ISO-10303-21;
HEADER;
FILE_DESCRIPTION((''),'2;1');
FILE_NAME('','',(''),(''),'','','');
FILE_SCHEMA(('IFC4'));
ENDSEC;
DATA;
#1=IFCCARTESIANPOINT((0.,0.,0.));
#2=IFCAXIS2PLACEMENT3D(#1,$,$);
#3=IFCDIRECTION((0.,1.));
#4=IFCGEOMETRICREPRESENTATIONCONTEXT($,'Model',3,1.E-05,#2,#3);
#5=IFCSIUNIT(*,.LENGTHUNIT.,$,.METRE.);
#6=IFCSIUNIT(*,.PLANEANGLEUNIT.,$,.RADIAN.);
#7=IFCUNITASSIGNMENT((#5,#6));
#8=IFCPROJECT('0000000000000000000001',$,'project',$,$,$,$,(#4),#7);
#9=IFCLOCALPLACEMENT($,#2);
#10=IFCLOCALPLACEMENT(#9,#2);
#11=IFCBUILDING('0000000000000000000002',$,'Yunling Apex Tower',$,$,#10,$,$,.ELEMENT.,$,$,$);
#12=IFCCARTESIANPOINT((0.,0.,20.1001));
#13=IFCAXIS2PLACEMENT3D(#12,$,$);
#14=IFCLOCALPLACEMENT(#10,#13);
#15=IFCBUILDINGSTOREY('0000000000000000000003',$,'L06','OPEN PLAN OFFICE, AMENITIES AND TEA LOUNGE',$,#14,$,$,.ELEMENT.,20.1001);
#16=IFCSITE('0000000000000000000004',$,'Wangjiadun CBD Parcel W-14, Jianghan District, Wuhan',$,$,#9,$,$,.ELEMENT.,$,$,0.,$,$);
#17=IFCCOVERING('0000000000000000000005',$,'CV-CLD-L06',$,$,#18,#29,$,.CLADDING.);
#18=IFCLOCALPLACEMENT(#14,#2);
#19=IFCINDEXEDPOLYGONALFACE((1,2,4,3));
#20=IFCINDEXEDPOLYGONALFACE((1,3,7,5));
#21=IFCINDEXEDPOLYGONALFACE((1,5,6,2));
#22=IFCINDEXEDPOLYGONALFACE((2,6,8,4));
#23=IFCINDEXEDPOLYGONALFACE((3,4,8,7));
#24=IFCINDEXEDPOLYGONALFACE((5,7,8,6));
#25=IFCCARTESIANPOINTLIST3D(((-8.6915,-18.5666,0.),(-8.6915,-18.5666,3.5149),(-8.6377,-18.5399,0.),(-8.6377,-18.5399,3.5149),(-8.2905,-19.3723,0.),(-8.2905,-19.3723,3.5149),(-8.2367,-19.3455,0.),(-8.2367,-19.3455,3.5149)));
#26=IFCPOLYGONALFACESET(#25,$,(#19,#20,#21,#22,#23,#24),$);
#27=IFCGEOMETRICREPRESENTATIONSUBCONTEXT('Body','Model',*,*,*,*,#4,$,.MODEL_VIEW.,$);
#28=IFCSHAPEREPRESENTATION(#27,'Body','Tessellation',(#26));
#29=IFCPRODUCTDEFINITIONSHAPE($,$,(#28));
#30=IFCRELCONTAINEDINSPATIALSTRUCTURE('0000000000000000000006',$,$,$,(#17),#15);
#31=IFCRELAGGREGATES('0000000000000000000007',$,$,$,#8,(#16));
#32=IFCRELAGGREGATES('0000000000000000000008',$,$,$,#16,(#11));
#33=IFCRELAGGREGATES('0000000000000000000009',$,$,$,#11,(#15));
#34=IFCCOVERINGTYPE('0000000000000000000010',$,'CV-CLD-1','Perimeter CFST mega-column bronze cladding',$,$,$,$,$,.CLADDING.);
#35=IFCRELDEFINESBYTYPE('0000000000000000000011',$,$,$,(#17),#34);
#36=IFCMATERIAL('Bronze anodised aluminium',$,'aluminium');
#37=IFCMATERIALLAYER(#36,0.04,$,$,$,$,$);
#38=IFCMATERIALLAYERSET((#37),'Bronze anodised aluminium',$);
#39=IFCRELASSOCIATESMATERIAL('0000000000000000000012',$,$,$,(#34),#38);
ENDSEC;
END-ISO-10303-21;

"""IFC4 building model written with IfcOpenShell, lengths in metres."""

from ifc_helpers import new_model, si_unit, direction, frame, origin, origin_2d, place, context, subcontext, project, spatial, rectangle, extrude, source, transform, mapped, material, layer, layer_set, type_object, element, save


model = new_model("IFC4")

# Units and contexts
model_context = context("Model", 3, precision=1e-05, world=origin(), true_north=direction((0.0, 1.0)))
body_context = subcontext(model_context, "Body", "Model", "MODEL_VIEW")
ifc_project = project(units=[si_unit("LENGTHUNIT", "METRE"), si_unit("PLANEANGLEUNIT", "RADIAN")], contexts=[model_context])

# Site, building, storey
site_placement = place(None, origin())
site = spatial("IfcSite", under=ifc_project, at=site_placement, Name="Wangjiadun CBD Parcel W-14, Jianghan District, Wuhan", CompositionType="ELEMENT", RefElevation=0.0)
building_placement = place(site_placement, origin())
building = spatial("IfcBuilding", under=site, at=building_placement, Name="Yunling Apex Tower", CompositionType="ELEMENT")
storey_placement = place(building_placement, frame((0.0, 0.0, 20.1001)))
storey = spatial("IfcBuildingStorey", under=building, at=storey_placement, Name="L06", Description="OPEN PLAN OFFICE, AMENITIES AND TEA LOUNGE", CompositionType="ELEMENT", Elevation=20.1001)

# Shared definitions
ifc_material_1 = material(Name="Bronze anodised aluminium", Category="aluminium")

# Covering
ifc_layer_1 = layer(ifc_material_1, 0.04)
ifc_layer_set_1 = layer_set([ifc_layer_1], Name="Bronze anodised aluminium")
covering_type = type_object("IfcCoveringType", Name="CV-CLD-1", Description="Perimeter CFST mega-column bronze cladding", PredefinedType="CLADDING", material=ifc_layer_set_1)
shared_shape_1 = source(origin(), body_context, "Body", "SweptSolid", [
    extrude(rectangle(XDim=0.0601, YDim=0.8999, at=origin_2d()), origin(), (0.0, 0.0, 1.0), 3.5149),
])
covering_placement = place(storey_placement, frame((-8.4641, -18.9561, 0.0), z_axis=(0.0, 0.0, 1.0), x_axis=(0.895246, 0.445573, 0.0)))
element("IfcCovering", 1, at=covering_placement, inside=storey, type_object=covering_type, Name="CV-CLD-L06", PredefinedType="CLADDING", context=body_context, shape_type="MappedRepresentation", body=[
    mapped(shared_shape_1, transform((0.0, 0.0, 0.0), scale=1.0)),
])

save(model, "model.ifc")
